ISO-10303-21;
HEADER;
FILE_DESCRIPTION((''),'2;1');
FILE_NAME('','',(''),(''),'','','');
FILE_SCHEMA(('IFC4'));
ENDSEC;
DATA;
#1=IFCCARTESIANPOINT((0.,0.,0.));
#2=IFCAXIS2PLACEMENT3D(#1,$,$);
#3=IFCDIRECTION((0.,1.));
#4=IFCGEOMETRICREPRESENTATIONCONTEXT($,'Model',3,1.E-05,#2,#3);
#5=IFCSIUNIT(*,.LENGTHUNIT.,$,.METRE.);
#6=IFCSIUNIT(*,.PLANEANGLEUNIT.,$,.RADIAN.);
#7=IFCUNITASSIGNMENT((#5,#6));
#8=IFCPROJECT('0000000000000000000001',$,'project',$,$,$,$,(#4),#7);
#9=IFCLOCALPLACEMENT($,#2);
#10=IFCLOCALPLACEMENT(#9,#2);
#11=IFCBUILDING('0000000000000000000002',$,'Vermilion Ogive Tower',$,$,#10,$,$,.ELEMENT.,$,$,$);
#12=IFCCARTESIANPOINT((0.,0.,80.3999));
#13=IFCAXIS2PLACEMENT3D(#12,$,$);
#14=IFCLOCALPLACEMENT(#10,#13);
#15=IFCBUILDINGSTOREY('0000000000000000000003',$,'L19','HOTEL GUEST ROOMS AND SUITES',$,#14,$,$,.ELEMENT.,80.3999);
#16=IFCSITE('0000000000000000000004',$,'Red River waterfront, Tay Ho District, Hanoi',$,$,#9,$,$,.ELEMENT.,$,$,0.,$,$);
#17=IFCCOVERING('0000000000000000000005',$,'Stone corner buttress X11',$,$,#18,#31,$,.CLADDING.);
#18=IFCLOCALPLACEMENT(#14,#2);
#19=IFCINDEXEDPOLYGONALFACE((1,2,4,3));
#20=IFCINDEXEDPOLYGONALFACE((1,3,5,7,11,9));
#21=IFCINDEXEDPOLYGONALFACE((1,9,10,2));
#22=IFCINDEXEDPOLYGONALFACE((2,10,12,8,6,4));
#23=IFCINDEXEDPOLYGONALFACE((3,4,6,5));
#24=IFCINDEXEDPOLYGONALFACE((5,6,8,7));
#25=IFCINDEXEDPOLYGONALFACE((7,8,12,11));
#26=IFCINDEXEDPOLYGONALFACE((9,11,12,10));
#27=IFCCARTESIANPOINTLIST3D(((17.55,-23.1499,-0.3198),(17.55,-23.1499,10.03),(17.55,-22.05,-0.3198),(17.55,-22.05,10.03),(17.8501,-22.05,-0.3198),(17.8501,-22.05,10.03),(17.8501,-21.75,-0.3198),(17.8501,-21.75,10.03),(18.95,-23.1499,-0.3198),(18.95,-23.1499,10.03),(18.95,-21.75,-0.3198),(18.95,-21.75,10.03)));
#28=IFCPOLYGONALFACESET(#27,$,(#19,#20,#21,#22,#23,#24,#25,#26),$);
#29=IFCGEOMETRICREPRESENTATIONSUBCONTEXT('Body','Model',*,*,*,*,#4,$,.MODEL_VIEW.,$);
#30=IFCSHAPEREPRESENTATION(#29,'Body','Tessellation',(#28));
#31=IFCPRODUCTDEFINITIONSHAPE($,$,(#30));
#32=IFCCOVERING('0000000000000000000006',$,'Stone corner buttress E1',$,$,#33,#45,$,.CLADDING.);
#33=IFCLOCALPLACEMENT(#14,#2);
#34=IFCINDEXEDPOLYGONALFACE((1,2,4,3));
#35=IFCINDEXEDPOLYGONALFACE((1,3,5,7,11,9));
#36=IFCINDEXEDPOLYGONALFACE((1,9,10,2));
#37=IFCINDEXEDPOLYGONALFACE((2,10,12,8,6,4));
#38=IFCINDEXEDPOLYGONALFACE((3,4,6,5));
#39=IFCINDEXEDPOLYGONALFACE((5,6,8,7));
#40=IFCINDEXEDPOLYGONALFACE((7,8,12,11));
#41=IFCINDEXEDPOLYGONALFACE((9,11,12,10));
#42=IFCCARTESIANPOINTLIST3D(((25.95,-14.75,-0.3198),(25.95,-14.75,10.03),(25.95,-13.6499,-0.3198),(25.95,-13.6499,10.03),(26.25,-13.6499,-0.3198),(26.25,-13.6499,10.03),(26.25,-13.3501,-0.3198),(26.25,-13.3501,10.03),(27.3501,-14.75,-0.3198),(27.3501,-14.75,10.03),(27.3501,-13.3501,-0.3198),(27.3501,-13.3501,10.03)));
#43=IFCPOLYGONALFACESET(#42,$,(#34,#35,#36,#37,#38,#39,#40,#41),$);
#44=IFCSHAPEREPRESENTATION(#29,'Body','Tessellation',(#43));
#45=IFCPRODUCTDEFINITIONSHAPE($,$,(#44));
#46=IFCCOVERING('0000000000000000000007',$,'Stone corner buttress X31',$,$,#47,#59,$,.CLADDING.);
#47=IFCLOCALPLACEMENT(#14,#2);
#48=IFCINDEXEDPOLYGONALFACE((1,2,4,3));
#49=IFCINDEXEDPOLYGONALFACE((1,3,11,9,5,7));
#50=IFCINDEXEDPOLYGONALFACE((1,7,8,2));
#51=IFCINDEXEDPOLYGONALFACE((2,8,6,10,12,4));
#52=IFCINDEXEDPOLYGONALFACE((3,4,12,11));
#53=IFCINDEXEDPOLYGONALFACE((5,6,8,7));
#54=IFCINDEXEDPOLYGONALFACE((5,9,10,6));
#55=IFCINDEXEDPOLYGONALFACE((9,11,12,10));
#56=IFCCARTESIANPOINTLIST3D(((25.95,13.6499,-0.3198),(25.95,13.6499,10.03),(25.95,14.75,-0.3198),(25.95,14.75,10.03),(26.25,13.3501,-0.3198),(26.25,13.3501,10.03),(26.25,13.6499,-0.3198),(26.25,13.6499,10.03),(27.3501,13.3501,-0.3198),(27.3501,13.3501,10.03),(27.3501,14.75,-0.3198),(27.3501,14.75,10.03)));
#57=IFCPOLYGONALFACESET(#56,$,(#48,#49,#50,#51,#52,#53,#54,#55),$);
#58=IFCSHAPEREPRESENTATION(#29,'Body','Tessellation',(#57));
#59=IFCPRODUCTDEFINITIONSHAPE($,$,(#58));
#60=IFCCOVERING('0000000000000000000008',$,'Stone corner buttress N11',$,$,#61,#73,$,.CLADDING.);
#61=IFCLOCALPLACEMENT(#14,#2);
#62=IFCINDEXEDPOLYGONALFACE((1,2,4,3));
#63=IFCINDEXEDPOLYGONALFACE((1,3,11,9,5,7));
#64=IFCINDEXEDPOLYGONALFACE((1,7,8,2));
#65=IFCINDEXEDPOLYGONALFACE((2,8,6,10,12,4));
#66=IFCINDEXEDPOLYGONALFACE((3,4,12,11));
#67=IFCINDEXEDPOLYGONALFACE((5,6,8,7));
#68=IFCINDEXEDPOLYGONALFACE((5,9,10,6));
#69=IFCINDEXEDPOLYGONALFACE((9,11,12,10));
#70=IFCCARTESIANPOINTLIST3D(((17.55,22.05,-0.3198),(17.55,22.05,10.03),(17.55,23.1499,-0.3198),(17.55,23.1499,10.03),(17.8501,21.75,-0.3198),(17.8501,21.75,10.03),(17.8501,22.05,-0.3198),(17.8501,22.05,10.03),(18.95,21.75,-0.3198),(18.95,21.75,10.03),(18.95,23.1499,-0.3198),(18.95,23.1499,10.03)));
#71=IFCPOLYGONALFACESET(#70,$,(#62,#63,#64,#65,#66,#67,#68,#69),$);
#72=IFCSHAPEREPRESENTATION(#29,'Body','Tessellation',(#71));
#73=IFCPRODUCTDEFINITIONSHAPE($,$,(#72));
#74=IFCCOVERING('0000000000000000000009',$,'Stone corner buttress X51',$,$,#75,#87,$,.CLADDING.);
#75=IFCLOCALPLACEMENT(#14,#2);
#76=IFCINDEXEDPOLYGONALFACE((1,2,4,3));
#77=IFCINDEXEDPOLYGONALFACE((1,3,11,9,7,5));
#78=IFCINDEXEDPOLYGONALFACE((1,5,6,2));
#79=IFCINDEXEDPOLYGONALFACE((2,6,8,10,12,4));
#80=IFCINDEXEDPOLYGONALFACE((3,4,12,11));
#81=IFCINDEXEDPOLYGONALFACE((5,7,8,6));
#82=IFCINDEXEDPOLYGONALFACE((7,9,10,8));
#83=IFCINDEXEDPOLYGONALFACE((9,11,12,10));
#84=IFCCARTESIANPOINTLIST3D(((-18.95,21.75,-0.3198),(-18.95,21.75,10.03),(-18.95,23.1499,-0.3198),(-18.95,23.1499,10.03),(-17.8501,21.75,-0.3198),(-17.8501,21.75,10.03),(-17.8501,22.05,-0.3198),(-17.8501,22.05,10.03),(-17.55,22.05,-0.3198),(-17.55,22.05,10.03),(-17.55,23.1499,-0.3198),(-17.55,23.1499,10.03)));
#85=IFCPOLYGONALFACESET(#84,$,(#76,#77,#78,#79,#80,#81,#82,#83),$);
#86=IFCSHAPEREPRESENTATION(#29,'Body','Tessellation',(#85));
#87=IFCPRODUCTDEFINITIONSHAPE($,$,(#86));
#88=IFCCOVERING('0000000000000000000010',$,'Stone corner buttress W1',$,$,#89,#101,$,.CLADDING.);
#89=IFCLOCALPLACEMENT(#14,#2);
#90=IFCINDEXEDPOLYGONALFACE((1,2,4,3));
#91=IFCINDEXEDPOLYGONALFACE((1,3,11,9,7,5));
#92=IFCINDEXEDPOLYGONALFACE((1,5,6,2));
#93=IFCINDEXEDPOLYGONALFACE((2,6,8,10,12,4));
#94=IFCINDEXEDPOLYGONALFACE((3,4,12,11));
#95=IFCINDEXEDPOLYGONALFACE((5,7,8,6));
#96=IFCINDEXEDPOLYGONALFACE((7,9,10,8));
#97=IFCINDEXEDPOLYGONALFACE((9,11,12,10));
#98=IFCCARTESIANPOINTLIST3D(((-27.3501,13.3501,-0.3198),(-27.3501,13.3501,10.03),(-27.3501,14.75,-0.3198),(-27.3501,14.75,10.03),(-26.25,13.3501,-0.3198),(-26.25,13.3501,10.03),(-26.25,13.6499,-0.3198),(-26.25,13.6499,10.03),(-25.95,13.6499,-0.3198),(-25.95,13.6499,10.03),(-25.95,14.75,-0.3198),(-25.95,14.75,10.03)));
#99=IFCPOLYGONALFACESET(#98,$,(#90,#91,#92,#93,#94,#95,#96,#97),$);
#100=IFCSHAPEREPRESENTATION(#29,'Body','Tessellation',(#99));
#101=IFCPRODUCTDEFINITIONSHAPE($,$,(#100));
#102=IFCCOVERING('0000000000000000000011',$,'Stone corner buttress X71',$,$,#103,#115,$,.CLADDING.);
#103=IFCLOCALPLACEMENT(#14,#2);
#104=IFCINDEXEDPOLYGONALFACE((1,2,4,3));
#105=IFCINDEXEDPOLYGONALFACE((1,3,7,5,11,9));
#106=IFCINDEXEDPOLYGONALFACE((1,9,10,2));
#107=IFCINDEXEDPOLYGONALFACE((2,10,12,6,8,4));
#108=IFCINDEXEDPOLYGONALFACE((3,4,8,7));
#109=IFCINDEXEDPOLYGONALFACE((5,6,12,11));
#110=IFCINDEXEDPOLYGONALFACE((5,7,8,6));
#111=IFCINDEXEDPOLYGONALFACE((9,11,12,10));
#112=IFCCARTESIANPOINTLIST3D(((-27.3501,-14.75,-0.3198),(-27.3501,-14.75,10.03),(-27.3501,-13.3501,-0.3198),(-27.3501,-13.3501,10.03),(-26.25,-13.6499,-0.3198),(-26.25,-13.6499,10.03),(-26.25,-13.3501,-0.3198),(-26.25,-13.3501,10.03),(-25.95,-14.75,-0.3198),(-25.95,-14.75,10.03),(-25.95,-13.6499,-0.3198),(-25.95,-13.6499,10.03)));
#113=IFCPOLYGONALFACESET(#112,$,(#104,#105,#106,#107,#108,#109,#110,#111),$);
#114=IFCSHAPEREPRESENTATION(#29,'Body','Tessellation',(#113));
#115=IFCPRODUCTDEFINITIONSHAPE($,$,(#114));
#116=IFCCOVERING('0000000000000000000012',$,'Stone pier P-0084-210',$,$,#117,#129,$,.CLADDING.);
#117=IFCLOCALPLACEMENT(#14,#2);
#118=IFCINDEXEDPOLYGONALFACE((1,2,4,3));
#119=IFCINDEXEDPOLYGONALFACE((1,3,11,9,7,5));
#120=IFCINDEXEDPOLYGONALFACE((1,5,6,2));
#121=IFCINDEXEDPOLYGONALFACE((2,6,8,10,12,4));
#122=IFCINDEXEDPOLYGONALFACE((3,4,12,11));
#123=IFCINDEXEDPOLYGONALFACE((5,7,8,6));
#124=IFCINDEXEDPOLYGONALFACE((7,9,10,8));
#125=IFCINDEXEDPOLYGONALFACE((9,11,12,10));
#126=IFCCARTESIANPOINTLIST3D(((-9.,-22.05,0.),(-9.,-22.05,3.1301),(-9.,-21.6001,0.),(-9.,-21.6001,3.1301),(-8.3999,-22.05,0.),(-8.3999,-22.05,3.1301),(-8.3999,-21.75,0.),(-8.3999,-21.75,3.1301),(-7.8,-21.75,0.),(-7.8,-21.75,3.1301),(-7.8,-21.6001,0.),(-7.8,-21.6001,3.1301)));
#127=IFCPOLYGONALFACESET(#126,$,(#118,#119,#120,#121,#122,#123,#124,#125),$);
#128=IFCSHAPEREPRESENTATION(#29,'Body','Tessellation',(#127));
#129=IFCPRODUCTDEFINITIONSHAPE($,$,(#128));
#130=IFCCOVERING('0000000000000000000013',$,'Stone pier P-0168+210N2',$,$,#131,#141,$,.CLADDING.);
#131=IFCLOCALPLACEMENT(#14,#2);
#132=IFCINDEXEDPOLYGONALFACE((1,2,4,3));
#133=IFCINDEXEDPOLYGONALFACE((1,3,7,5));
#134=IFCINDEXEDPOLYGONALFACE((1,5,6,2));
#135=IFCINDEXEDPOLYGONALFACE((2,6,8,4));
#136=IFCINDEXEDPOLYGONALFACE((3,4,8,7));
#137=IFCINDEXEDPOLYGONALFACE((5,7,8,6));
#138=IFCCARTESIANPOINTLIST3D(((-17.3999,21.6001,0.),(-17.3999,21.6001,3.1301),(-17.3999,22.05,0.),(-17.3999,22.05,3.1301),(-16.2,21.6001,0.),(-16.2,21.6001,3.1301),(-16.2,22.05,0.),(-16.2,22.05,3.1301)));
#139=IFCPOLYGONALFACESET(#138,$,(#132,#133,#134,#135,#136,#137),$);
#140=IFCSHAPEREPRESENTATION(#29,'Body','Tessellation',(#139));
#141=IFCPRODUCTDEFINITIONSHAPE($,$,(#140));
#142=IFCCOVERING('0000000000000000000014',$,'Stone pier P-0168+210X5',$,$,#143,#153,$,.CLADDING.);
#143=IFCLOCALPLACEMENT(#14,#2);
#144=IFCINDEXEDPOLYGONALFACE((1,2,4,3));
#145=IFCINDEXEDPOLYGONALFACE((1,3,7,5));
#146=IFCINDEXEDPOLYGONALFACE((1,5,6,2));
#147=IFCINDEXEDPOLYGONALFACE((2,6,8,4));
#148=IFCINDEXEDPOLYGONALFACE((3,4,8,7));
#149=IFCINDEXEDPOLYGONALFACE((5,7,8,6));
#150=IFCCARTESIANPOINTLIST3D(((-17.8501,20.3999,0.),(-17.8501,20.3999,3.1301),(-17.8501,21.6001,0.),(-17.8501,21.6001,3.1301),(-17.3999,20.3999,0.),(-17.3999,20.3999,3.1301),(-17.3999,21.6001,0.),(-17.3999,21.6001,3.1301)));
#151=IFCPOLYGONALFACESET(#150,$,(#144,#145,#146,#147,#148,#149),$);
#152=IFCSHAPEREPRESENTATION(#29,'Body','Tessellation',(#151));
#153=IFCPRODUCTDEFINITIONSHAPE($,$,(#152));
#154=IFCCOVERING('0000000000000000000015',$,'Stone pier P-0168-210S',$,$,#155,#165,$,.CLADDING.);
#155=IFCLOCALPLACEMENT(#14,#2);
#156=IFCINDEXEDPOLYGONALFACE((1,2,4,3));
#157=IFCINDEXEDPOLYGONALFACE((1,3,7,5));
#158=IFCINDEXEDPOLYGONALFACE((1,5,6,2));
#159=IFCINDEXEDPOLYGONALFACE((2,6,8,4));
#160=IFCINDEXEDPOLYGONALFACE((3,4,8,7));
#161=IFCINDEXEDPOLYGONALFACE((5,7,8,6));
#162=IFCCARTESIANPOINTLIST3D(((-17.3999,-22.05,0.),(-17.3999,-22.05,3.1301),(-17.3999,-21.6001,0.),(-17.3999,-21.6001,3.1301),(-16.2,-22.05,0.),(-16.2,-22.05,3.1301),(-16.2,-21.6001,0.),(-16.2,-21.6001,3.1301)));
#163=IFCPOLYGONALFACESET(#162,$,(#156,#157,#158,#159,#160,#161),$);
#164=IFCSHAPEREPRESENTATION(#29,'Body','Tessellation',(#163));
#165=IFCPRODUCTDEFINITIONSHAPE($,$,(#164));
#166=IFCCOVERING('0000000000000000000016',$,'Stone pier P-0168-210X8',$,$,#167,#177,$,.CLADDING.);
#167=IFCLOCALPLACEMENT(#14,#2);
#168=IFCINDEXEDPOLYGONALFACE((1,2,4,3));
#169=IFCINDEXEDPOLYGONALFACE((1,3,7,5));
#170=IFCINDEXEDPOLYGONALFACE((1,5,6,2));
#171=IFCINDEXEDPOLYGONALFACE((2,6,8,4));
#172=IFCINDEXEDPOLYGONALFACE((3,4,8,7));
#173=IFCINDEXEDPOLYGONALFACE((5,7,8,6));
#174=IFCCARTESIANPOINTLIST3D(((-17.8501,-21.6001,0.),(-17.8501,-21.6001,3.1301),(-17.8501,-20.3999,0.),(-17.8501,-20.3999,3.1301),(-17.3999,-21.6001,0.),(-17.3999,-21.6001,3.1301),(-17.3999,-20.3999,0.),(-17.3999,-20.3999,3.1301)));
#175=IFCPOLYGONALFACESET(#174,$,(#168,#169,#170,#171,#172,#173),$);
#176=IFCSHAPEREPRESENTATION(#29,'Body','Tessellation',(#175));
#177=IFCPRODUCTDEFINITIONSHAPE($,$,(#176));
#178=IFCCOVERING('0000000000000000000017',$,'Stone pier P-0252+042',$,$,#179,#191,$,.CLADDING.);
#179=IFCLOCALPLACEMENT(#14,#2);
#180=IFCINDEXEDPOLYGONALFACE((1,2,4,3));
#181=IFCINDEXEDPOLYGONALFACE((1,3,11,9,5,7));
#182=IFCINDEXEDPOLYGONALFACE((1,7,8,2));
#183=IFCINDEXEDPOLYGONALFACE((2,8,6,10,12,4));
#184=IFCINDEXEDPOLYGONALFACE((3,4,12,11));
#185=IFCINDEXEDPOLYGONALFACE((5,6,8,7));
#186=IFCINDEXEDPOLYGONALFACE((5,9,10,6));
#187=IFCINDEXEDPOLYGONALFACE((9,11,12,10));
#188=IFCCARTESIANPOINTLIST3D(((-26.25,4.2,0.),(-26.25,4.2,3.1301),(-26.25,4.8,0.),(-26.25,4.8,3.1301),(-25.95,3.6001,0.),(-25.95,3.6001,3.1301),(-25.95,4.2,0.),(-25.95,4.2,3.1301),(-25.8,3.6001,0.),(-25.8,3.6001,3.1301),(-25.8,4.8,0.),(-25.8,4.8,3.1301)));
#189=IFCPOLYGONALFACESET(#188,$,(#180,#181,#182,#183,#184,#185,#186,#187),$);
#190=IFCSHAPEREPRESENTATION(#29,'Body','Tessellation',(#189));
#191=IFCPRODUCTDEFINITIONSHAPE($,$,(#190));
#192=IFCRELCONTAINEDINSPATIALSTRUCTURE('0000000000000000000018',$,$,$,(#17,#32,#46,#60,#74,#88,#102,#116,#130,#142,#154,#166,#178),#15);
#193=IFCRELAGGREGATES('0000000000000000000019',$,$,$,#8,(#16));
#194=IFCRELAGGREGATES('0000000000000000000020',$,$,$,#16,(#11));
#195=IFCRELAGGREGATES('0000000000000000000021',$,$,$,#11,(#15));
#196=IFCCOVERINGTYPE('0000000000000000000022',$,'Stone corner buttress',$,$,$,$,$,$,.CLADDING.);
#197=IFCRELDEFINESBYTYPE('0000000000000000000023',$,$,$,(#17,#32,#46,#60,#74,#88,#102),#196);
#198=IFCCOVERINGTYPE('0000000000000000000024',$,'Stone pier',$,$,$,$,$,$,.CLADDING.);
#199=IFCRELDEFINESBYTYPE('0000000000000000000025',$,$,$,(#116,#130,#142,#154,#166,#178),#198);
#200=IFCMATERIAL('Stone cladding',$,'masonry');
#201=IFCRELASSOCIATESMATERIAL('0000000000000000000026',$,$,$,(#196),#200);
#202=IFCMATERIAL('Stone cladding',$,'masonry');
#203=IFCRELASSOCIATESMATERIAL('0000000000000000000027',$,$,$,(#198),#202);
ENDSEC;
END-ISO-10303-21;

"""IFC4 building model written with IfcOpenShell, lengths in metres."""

from ifc_helpers import new_model, si_unit, direction, frame, origin, place, context, subcontext, project, spatial, polyline, outline, extrude, material, type_object, element, save


model = new_model("IFC4")

# Units and contexts
model_context = context("Model", 3, precision=1e-05, world=origin(), true_north=direction((0.0, 1.0)))
body_context = subcontext(model_context, "Body", "Model", "MODEL_VIEW")
ifc_project = project(units=[si_unit("LENGTHUNIT", "METRE"), si_unit("PLANEANGLEUNIT", "RADIAN")], contexts=[model_context])

# Site, building, storey
site_placement = place(None, origin())
site = spatial("IfcSite", under=ifc_project, at=site_placement, Name="Red River waterfront, Tay Ho District, Hanoi", CompositionType="ELEMENT", RefElevation=0.0)
building_placement = place(site_placement, origin())
building = spatial("IfcBuilding", under=site, at=building_placement, Name="Vermilion Ogive Tower", CompositionType="ELEMENT")
storey_placement = place(building_placement, frame((0.0, 0.0, 80.3999)))
storey = spatial("IfcBuildingStorey", under=building, at=storey_placement, Name="L19", Description="HOTEL GUEST ROOMS AND SUITES", CompositionType="ELEMENT", Elevation=80.3999)

# Coverings
ifc_material_1 = material(Name="Stone cladding", Category="masonry")
covering_type_1 = type_object("IfcCoveringType", Name="Stone corner buttress", PredefinedType="CLADDING", material=ifc_material_1)
covering_1_placement = place(storey_placement, frame((0.0, 0.0, -0.3198)))
element("IfcCovering", 1, at=covering_1_placement, inside=storey, type_object=covering_type_1, Name="Stone corner buttress X11", PredefinedType="CLADDING", context=body_context, shape_type="SweptSolid", body=[
    extrude(outline(polyline([(17.55, -22.05), (17.8501, -22.05), (17.8501, -21.75), (18.95, -21.75), (18.95, -23.1499), (17.55, -23.1499), (17.55, -22.05)])), origin(), (0.0, 0.0, 1.0), 10.3499),
])
covering_2_placement = place(storey_placement, frame((0.0, 0.0, -0.3198)))
element("IfcCovering", 2, at=covering_2_placement, inside=storey, type_object=covering_type_1, Name="Stone corner buttress E1", PredefinedType="CLADDING", context=body_context, shape_type="SweptSolid", body=[
    extrude(outline(polyline([(25.95, -13.6499), (26.25, -13.6499), (26.25, -13.3501), (27.3501, -13.3501), (27.3501, -14.75), (25.95, -14.75), (25.95, -13.6499)])), origin(), (0.0, 0.0, 1.0), 10.3499),
])
covering_3_placement = place(storey_placement, frame((0.0, 0.0, -0.3198)))
element("IfcCovering", 3, at=covering_3_placement, inside=storey, type_object=covering_type_1, Name="Stone corner buttress X31", PredefinedType="CLADDING", context=body_context, shape_type="SweptSolid", body=[
    extrude(outline(polyline([(27.3501, 13.3501), (26.25, 13.3501), (26.25, 13.6499), (25.95, 13.6499), (25.95, 14.75), (27.3501, 14.75), (27.3501, 13.3501)])), origin(), (0.0, 0.0, 1.0), 10.3499),
])
covering_4_placement = place(storey_placement, frame((0.0, 0.0, -0.3198)))
element("IfcCovering", 4, at=covering_4_placement, inside=storey, type_object=covering_type_1, Name="Stone corner buttress N11", PredefinedType="CLADDING", context=body_context, shape_type="SweptSolid", body=[
    extrude(outline(polyline([(17.8501, 22.05), (17.55, 22.05), (17.55, 23.1499), (18.95, 23.1499), (18.95, 21.75), (17.8501, 21.75), (17.8501, 22.05)])), origin(), (0.0, 0.0, 1.0), 10.3499),
])
covering_5_placement = place(storey_placement, frame((0.0, 0.0, -0.3198)))
element("IfcCovering", 5, at=covering_5_placement, inside=storey, type_object=covering_type_1, Name="Stone corner buttress X51", PredefinedType="CLADDING", context=body_context, shape_type="SweptSolid", body=[
    extrude(outline(polyline([(-17.55, 23.1499), (-17.55, 22.05), (-17.8501, 22.05), (-17.8501, 21.75), (-18.95, 21.75), (-18.95, 23.1499), (-17.55, 23.1499)])), origin(), (0.0, 0.0, 1.0), 10.3499),
])
covering_6_placement = place(storey_placement, frame((0.0, 0.0, -0.3198)))
element("IfcCovering", 6, at=covering_6_placement, inside=storey, type_object=covering_type_1, Name="Stone corner buttress W1", PredefinedType="CLADDING", context=body_context, shape_type="SweptSolid", body=[
    extrude(outline(polyline([(-26.25, 13.6499), (-26.25, 13.3501), (-27.3501, 13.3501), (-27.3501, 14.75), (-25.95, 14.75), (-25.95, 13.6499), (-26.25, 13.6499)])), origin(), (0.0, 0.0, 1.0), 10.3499),
])
covering_7_placement = place(storey_placement, frame((0.0, 0.0, -0.3198)))
element("IfcCovering", 7, at=covering_7_placement, inside=storey, type_object=covering_type_1, Name="Stone corner buttress X71", PredefinedType="CLADDING", context=body_context, shape_type="SweptSolid", body=[
    extrude(outline(polyline([(-26.25, -13.3501), (-26.25, -13.6499), (-25.95, -13.6499), (-25.95, -14.75), (-27.3501, -14.75), (-27.3501, -13.3501), (-26.25, -13.3501)])), origin(), (0.0, 0.0, 1.0), 10.3499),
])
ifc_material_2 = material(Name="Stone cladding", Category="masonry")
covering_type_2 = type_object("IfcCoveringType", Name="Stone pier", PredefinedType="CLADDING", material=ifc_material_2)
covering_8_placement = place(storey_placement, origin())
element("IfcCovering", 8, at=covering_8_placement, inside=storey, type_object=covering_type_2, Name="Stone pier P-0084-210", PredefinedType="CLADDING", context=body_context, shape_type="SweptSolid", body=[
    extrude(outline(polyline([(-7.8, -21.75), (-8.3999, -21.75), (-8.3999, -22.05), (-9.0, -22.05), (-9.0, -21.6001), (-7.8, -21.6001), (-7.8, -21.75)])), origin(), (0.0, 0.0, 1.0), 3.1301),
])
covering_9_placement = place(storey_placement, origin())
element("IfcCovering", 9, at=covering_9_placement, inside=storey, type_object=covering_type_2, Name="Stone pier P-0168+210N2", PredefinedType="CLADDING", context=body_context, shape_type="SweptSolid", body=[
    extrude(outline(polyline([(-17.3999, 22.05), (-16.2, 22.05), (-16.2, 21.6001), (-17.3999, 21.6001), (-17.3999, 22.05)])), origin(), (0.0, 0.0, 1.0), 3.1301),
])
covering_10_placement = place(storey_placement, origin())
element("IfcCovering", 10, at=covering_10_placement, inside=storey, type_object=covering_type_2, Name="Stone pier P-0168+210X5", PredefinedType="CLADDING", context=body_context, shape_type="SweptSolid", body=[
    extrude(outline(polyline([(-17.8501, 21.6001), (-17.3999, 21.6001), (-17.3999, 20.3999), (-17.8501, 20.3999), (-17.8501, 21.6001)])), origin(), (0.0, 0.0, 1.0), 3.1301),
])
covering_11_placement = place(storey_placement, origin())
element("IfcCovering", 11, at=covering_11_placement, inside=storey, type_object=covering_type_2, Name="Stone pier P-0168-210S", PredefinedType="CLADDING", context=body_context, shape_type="SweptSolid", body=[
    extrude(outline(polyline([(-16.2, -22.05), (-17.3999, -22.05), (-17.3999, -21.6001), (-16.2, -21.6001), (-16.2, -22.05)])), origin(), (0.0, 0.0, 1.0), 3.1301),
])
covering_12_placement = place(storey_placement, origin())
element("IfcCovering", 12, at=covering_12_placement, inside=storey, type_object=covering_type_2, Name="Stone pier P-0168-210X8", PredefinedType="CLADDING", context=body_context, shape_type="SweptSolid", body=[
    extrude(outline(polyline([(-17.8501, -20.3999), (-17.3999, -20.3999), (-17.3999, -21.6001), (-17.8501, -21.6001), (-17.8501, -20.3999)])), origin(), (0.0, 0.0, 1.0), 3.1301),
])
covering_13_placement = place(storey_placement, origin())
element("IfcCovering", 13, at=covering_13_placement, inside=storey, type_object=covering_type_2, Name="Stone pier P-0252+042", PredefinedType="CLADDING", context=body_context, shape_type="SweptSolid", body=[
    extrude(outline(polyline([(-25.8, 3.6001), (-25.95, 3.6001), (-25.95, 4.2), (-26.25, 4.2), (-26.25, 4.8), (-25.8, 4.8), (-25.8, 4.8), (-25.8, 3.6001)])), origin(), (0.0, 0.0, 1.0), 3.1301),
])

save(model, "model.ifc")
